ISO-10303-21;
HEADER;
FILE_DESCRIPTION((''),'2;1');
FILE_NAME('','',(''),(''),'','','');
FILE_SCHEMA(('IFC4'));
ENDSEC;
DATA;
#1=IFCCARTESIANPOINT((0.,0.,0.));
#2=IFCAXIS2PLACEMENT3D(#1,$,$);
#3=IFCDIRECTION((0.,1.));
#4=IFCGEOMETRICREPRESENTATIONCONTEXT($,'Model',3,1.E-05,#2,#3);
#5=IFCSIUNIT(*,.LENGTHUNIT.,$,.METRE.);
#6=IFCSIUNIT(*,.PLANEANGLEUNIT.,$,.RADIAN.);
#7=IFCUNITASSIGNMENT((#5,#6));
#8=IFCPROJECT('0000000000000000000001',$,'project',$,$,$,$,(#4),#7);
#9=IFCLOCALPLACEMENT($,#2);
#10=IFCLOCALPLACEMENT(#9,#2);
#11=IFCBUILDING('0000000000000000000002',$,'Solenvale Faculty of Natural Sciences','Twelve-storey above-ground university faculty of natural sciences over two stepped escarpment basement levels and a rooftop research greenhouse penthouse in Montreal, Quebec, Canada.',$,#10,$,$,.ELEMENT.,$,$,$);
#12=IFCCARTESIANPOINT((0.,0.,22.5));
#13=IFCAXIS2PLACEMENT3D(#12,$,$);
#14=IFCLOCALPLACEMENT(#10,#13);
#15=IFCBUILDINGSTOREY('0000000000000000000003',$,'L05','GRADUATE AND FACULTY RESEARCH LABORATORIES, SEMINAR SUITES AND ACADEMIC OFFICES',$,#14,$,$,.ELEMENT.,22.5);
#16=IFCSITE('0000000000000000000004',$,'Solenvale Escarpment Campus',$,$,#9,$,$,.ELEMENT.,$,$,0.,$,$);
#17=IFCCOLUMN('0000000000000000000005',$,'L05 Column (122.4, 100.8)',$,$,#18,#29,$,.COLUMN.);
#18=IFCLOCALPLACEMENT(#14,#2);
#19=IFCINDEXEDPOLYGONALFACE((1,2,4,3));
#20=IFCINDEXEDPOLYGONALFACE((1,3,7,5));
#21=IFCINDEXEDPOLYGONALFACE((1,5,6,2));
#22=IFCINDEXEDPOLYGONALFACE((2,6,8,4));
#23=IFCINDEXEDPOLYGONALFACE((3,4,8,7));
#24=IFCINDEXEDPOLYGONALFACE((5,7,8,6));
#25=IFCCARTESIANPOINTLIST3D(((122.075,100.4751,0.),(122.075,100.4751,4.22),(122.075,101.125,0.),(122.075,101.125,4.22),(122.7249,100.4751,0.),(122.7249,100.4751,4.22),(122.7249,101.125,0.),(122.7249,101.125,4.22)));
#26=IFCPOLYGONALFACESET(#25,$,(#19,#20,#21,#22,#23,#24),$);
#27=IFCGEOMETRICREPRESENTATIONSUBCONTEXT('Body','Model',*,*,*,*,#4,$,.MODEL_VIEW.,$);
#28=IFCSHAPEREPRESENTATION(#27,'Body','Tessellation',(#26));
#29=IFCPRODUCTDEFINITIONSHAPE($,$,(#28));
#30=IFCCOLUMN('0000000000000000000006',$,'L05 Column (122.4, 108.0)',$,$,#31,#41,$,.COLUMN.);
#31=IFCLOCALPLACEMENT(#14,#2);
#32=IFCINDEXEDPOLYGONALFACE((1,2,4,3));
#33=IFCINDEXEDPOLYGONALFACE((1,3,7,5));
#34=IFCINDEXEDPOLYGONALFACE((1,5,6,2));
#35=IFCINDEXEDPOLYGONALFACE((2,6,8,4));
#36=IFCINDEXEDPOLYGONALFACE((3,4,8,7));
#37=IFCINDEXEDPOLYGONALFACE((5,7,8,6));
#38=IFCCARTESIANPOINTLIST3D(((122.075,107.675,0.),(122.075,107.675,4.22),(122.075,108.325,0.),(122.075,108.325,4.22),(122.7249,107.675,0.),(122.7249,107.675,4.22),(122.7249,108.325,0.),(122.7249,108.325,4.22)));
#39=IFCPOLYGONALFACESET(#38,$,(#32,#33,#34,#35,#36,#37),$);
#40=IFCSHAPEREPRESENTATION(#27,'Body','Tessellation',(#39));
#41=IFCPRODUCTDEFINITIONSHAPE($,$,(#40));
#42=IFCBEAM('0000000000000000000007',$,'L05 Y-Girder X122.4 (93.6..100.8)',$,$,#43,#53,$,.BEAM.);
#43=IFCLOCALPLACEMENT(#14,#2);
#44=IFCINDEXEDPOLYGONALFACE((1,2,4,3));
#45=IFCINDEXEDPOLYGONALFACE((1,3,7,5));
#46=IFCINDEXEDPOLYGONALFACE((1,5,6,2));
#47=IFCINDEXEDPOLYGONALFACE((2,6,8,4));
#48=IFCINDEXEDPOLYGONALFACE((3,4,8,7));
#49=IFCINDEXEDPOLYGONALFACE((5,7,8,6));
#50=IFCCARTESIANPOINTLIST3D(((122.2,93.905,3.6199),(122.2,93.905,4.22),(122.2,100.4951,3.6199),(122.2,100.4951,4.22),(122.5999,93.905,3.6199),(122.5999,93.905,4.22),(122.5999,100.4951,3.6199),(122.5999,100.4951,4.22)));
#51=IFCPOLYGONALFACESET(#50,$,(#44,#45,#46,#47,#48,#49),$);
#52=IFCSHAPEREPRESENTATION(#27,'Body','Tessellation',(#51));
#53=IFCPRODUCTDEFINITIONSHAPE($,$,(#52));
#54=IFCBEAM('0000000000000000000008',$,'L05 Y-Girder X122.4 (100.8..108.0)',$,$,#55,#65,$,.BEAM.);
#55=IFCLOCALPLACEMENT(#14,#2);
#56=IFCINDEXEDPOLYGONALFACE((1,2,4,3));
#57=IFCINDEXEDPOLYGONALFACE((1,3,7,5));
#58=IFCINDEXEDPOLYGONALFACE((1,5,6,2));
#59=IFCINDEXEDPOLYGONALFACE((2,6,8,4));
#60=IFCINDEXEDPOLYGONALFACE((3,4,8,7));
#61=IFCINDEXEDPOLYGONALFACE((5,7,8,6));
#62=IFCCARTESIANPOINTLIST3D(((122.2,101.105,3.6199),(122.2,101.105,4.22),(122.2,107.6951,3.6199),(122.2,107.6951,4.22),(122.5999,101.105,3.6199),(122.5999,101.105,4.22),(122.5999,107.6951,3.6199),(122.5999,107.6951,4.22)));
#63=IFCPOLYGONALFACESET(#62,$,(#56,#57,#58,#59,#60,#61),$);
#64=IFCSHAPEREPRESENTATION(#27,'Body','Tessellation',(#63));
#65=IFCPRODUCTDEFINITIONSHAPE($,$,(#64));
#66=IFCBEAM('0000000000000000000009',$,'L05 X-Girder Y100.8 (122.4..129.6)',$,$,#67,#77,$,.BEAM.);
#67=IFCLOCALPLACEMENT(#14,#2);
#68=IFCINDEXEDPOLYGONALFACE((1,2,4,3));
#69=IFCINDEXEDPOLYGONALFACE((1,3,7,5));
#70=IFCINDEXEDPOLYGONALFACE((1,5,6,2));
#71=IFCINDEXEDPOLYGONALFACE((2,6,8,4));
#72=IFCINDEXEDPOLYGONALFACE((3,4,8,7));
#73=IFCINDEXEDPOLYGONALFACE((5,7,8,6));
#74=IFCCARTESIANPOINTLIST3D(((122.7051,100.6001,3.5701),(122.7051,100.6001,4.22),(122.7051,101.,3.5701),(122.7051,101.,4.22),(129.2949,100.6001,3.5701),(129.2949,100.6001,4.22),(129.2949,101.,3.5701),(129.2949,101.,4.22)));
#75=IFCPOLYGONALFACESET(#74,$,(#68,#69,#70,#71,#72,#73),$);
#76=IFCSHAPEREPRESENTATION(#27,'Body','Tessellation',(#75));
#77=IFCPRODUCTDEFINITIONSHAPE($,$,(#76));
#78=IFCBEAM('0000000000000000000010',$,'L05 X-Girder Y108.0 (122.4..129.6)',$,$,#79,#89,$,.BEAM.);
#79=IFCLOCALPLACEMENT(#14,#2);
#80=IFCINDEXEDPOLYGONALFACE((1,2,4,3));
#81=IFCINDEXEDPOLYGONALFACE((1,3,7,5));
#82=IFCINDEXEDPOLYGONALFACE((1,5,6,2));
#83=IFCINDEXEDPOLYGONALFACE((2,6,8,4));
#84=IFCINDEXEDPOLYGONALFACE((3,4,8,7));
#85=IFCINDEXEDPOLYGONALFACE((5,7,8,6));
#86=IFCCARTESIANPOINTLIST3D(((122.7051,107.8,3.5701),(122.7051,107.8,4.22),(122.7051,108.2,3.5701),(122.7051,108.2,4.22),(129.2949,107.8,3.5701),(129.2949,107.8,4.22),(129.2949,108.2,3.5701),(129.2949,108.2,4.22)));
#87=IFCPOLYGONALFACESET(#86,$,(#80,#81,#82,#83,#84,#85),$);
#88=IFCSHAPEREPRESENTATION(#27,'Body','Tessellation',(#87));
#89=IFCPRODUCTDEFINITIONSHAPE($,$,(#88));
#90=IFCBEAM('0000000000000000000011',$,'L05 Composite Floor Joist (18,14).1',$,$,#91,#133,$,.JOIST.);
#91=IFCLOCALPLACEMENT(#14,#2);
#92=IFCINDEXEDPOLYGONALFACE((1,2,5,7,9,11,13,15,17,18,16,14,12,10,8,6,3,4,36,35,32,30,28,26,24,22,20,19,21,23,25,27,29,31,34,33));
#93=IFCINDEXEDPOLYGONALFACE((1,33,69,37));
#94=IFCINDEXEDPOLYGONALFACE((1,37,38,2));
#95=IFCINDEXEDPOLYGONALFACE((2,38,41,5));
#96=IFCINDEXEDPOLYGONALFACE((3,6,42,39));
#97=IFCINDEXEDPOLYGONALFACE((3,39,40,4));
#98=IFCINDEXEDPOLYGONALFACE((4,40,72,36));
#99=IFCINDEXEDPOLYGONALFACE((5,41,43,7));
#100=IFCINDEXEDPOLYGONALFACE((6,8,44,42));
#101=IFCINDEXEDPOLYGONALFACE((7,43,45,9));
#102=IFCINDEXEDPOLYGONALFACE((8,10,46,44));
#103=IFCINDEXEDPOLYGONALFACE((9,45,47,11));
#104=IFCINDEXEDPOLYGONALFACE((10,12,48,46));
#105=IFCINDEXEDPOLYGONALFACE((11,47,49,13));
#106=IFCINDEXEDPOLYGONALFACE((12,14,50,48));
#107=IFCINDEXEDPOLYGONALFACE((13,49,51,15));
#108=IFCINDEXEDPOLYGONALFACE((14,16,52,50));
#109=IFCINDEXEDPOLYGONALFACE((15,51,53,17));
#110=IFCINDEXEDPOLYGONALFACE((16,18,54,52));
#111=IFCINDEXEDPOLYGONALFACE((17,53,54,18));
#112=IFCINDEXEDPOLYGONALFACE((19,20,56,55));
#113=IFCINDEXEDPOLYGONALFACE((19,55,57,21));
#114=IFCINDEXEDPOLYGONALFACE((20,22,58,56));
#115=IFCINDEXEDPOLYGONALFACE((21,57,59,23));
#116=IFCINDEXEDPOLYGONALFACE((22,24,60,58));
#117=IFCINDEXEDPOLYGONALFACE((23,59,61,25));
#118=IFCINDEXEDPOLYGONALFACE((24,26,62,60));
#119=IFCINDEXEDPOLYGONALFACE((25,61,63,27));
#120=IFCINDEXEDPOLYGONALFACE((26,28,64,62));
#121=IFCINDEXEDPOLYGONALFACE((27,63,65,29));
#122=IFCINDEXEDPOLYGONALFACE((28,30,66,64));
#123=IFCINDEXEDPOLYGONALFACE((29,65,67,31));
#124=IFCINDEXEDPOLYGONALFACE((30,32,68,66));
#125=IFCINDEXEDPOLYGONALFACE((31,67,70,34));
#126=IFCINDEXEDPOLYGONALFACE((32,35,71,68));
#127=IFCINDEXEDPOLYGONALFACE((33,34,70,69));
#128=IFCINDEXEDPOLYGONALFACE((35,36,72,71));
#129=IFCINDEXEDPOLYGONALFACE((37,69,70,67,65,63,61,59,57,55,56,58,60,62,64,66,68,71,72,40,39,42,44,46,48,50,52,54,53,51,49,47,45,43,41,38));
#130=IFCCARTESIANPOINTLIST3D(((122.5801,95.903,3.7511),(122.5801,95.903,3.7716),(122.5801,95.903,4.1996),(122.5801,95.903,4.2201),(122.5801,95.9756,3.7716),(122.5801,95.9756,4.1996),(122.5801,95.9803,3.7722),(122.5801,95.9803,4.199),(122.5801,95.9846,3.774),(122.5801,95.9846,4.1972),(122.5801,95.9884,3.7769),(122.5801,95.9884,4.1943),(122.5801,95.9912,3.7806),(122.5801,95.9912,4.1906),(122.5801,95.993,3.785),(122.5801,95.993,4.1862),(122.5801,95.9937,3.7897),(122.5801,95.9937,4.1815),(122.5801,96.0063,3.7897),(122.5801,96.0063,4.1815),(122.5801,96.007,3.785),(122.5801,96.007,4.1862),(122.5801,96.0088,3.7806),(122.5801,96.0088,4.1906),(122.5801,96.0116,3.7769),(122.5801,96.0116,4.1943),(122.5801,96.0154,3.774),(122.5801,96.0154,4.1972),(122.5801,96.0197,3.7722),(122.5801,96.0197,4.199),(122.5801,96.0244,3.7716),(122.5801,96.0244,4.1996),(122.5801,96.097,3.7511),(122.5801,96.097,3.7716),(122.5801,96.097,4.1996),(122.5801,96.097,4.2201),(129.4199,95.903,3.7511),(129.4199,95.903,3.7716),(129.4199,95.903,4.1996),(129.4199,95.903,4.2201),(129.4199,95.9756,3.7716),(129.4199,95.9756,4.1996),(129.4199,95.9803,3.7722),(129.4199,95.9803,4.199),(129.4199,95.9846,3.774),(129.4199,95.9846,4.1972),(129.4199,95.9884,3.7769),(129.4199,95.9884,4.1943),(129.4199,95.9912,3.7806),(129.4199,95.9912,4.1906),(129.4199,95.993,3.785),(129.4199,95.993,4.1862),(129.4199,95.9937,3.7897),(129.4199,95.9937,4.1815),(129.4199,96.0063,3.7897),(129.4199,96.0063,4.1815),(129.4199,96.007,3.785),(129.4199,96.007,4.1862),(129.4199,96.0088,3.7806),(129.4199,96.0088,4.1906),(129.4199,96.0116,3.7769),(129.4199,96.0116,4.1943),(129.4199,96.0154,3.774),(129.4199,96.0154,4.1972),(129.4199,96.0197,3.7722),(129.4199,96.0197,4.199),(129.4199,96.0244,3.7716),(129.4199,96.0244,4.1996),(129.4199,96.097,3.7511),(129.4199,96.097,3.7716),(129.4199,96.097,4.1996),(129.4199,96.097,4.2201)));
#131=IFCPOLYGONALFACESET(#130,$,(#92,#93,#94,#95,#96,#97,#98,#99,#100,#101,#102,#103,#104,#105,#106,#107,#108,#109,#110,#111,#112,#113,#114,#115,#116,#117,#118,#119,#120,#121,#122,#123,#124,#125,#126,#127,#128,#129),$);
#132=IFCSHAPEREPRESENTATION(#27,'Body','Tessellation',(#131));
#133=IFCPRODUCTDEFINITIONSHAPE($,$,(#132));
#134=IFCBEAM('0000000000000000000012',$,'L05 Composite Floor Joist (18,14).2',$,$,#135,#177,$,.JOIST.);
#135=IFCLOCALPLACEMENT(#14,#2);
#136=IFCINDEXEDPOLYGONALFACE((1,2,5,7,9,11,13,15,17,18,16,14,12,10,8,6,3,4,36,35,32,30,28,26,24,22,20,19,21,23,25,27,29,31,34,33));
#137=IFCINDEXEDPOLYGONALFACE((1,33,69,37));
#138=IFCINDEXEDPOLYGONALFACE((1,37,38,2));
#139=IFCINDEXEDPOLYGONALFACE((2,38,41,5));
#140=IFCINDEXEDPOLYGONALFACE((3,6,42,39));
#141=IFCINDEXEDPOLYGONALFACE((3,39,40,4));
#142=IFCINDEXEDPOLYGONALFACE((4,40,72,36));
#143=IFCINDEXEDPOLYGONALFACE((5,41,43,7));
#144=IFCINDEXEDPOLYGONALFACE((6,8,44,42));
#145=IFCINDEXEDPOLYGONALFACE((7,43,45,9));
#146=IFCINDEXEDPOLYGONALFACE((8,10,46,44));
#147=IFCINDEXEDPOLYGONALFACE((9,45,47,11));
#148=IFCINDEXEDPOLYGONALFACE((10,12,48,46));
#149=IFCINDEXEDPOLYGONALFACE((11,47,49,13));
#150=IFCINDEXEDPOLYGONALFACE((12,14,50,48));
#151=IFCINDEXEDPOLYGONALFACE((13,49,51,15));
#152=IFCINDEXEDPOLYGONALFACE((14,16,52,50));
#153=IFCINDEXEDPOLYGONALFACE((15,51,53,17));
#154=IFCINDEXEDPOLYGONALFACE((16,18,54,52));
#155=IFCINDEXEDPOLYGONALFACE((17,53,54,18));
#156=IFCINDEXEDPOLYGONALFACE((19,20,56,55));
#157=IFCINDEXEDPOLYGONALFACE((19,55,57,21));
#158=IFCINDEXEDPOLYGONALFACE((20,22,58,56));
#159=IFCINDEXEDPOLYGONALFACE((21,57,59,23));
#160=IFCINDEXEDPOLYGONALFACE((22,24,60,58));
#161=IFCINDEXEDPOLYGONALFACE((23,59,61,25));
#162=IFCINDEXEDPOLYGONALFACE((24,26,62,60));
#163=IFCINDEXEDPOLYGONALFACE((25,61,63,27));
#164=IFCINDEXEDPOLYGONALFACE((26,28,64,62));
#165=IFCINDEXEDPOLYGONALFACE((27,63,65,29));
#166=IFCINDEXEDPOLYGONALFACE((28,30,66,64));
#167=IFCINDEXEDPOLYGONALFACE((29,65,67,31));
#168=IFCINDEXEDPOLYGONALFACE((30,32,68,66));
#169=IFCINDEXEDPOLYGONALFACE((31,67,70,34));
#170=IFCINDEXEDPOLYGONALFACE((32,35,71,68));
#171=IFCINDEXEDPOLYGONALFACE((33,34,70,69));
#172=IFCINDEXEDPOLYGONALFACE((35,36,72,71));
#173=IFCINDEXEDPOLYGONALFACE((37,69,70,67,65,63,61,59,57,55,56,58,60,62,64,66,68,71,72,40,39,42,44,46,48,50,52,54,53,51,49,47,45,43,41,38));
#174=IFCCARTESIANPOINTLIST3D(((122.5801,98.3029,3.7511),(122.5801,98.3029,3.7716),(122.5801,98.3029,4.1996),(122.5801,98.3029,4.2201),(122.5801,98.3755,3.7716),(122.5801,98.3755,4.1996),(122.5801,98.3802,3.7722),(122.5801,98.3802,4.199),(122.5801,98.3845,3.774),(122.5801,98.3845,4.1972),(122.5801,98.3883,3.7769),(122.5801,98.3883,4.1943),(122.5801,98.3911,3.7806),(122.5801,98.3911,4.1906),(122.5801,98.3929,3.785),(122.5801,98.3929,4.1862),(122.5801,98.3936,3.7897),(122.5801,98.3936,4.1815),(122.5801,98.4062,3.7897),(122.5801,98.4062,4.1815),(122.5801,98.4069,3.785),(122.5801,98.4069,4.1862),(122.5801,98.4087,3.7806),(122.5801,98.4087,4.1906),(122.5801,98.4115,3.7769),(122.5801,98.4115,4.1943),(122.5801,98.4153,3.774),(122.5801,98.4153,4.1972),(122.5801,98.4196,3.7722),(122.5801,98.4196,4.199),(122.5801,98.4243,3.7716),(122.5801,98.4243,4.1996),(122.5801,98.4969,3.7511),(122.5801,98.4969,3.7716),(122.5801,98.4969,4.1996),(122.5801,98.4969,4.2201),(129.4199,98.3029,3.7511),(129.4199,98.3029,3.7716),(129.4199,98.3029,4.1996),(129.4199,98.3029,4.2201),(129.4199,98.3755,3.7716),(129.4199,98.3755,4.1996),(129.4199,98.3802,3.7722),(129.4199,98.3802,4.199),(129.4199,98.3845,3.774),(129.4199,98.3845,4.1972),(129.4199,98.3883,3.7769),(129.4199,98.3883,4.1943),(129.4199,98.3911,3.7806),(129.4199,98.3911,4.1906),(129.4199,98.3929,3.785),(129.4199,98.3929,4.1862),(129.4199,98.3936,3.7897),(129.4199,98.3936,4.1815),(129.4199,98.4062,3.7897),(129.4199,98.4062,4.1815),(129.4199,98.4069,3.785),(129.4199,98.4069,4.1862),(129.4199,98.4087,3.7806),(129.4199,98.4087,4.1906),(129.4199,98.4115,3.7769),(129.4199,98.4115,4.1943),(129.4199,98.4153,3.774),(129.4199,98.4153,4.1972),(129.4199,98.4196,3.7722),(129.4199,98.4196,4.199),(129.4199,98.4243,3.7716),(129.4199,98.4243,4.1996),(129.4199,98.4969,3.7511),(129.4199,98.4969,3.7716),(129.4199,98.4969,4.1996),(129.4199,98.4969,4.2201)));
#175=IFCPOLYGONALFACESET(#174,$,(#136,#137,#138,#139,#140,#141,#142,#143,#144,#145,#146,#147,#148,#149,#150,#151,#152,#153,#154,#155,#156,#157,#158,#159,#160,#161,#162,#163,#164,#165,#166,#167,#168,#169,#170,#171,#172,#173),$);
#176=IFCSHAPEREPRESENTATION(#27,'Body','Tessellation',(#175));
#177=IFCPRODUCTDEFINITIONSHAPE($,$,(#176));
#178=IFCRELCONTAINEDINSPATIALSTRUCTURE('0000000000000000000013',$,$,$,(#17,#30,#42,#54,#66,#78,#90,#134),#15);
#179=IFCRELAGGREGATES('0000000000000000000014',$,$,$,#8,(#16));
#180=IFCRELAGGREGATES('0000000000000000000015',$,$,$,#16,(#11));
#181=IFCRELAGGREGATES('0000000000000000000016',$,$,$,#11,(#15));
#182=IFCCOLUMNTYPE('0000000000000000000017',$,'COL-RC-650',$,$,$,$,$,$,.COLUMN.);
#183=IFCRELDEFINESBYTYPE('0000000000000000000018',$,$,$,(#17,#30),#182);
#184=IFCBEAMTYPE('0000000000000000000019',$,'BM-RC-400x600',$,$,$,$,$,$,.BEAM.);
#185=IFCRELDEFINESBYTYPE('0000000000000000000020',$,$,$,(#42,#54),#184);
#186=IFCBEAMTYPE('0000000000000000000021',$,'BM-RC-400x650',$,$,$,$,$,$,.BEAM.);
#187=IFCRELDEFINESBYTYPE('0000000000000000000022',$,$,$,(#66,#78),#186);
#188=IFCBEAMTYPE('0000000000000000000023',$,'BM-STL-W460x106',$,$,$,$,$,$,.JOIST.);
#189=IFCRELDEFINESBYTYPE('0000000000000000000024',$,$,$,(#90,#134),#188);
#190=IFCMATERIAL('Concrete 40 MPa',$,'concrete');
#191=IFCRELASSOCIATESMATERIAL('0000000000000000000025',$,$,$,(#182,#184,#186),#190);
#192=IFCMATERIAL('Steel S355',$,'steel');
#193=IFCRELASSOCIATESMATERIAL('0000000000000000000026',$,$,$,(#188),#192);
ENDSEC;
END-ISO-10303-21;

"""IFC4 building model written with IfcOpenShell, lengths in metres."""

from ifc_helpers import new_model, si_unit, direction, frame, origin, origin_2d, place, context, subcontext, project, spatial, rectangle, i_section, extrude, material, material_profile, profile_set, type_object, element, save


model = new_model("IFC4")

# Units and contexts
model_context = context("Model", 3, precision=1e-05, world=origin(), true_north=direction((0.0, 1.0)))
body_context = subcontext(model_context, "Body", "Model", "MODEL_VIEW")
ifc_project = project(units=[si_unit("LENGTHUNIT", "METRE"), si_unit("PLANEANGLEUNIT", "RADIAN")], contexts=[model_context])

# Site, building, storey
site_placement = place(None, origin())
site = spatial("IfcSite", under=ifc_project, at=site_placement, Name="Solenvale Escarpment Campus", CompositionType="ELEMENT", RefElevation=0.0)
building_placement = place(site_placement, origin())
building = spatial("IfcBuilding", under=site, at=building_placement, Name="Solenvale Faculty of Natural Sciences", Description="Twelve-storey above-ground university faculty of natural sciences over two stepped escarpment basement levels and a rooftop research greenhouse penthouse in Montreal, Quebec, Canada.", CompositionType="ELEMENT")
storey_placement = place(building_placement, frame((0.0, 0.0, 22.5)))
storey = spatial("IfcBuildingStorey", under=building, at=storey_placement, Name="L05", Description="GRADUATE AND FACULTY RESEARCH LABORATORIES, SEMINAR SUITES AND ACADEMIC OFFICES", CompositionType="ELEMENT", Elevation=22.5)

# Columns
ifc_material_1 = material(Name="Concrete 40 MPa", Category="concrete")
ifc_material_profile_1 = material_profile(ifc_material_1, rectangle(XDim=0.6499, YDim=0.6499, at=origin_2d()), Name="RC-COL-650x650")
ifc_profile_set_1 = profile_set([ifc_material_profile_1], Name="Concrete 40 MPa")
column_type = type_object("IfcColumnType", Name="COL-RC-650", PredefinedType="COLUMN", material=ifc_profile_set_1)
for number, where, z_axis, x_axis, name in (
    (1, (122.3999, 100.8, 0.0), (0.0, 0.0, 1.0), (1.0, 0.0, 0.0), "L05 Column (122.4, 100.8)"),
    (2, (122.3999, 108.0, 0.0), (0.0, 0.0, 1.0), (1.0, 0.0, 0.0), "L05 Column (122.4, 108.0)"),
):
    element("IfcColumn", number, at=place(storey_placement, frame(where, z_axis=z_axis, x_axis=x_axis)), inside=storey, type_object=column_type, Name=name, PredefinedType="COLUMN", context=body_context, shape_type="SweptSolid", body=[
        extrude(rectangle(XDim=0.6499, YDim=0.6499, at=origin_2d()), origin(), (0.0, 0.0, 1.0), 4.22),
    ])

# Beams
ifc_material_profile_2 = material_profile(ifc_material_1, rectangle(XDim=0.3999, YDim=0.6001, at=origin_2d()), Name="RC-BM-400x600")
ifc_profile_set_2 = profile_set([ifc_material_profile_2], Name="Concrete 40 MPa")
beam_type_1 = type_object("IfcBeamType", Name="BM-RC-400x600", PredefinedType="BEAM", material=ifc_profile_set_2)
for number, where, z_axis, x_axis, name in (
    (3, (122.3999, 93.905, 3.9199), (0.0, 1.0, 0.0), (-1.0, 0.0, 0.0), "L05 Y-Girder X122.4 (93.6..100.8)"),
    (4, (122.3999, 101.105, 3.9199), (0.0, 1.0, 0.0), (-1.0, 0.0, 0.0), "L05 Y-Girder X122.4 (100.8..108.0)"),
):
    element("IfcBeam", number, at=place(storey_placement, frame(where, z_axis=z_axis, x_axis=x_axis)), inside=storey, type_object=beam_type_1, Name=name, PredefinedType="BEAM", context=body_context, shape_type="SweptSolid", body=[
        extrude(rectangle(XDim=0.3999, YDim=0.6001, at=origin_2d()), origin(), (0.0, 0.0, 1.0), 6.5901),
    ])
ifc_material_profile_3 = material_profile(ifc_material_1, rectangle(XDim=0.3999, YDim=0.6499, at=origin_2d()), Name="RC-BM-400x650")
ifc_profile_set_3 = profile_set([ifc_material_profile_3], Name="Concrete 40 MPa")
beam_type_2 = type_object("IfcBeamType", Name="BM-RC-400x650", PredefinedType="BEAM", material=ifc_profile_set_3)
for number, where, z_axis, x_axis, name in (
    (5, (122.7051, 100.8, 3.895), (1.0, 0.0, 0.0), (0.0, 1.0, 0.0), "L05 X-Girder Y100.8 (122.4..129.6)"),
    (6, (122.7051, 108.0, 3.895), (1.0, 0.0, 0.0), (0.0, 1.0, 0.0), "L05 X-Girder Y108.0 (122.4..129.6)"),
):
    element("IfcBeam", number, at=place(storey_placement, frame(where, z_axis=z_axis, x_axis=x_axis)), inside=storey, type_object=beam_type_2, Name=name, PredefinedType="BEAM", context=body_context, shape_type="SweptSolid", body=[
        extrude(rectangle(XDim=0.3999, YDim=0.6499, at=origin_2d()), origin(), (0.0, 0.0, 1.0), 6.5898),
    ])
ifc_material_2 = material(Name="Steel S355", Category="steel")
ifc_material_profile_4 = material_profile(ifc_material_2, i_section(OverallWidth=0.1941, OverallDepth=0.469, WebThickness=0.0127, FlangeThickness=0.0205, FilletRadius=0.0181, at=origin_2d()), Name="W460x106")
ifc_profile_set_4 = profile_set([ifc_material_profile_4], Name="Steel S355")
beam_type_3 = type_object("IfcBeamType", Name="BM-STL-W460x106", PredefinedType="JOIST", material=ifc_profile_set_4)
for number, where, z_axis, x_axis, name in (
    (7, (122.5801, 96.0, 3.9856), (1.0, 0.0, 0.0), (0.0, 1.0, 0.0), "L05 Composite Floor Joist (18,14).1"),
    (8, (122.5801, 98.3999, 3.9856), (1.0, 0.0, 0.0), (0.0, 1.0, 0.0), "L05 Composite Floor Joist (18,14).2"),
):
    element("IfcBeam", number, at=place(storey_placement, frame(where, z_axis=z_axis, x_axis=x_axis)), inside=storey, type_object=beam_type_3, Name=name, PredefinedType="JOIST", context=body_context, shape_type="SweptSolid", body=[
        extrude(i_section(OverallWidth=0.1941, OverallDepth=0.469, WebThickness=0.0127, FlangeThickness=0.0205, FilletRadius=0.0181, at=origin_2d()), origin(), (0.0, 0.0, 1.0), 6.8398),
    ])

save(model, "model.ifc")
